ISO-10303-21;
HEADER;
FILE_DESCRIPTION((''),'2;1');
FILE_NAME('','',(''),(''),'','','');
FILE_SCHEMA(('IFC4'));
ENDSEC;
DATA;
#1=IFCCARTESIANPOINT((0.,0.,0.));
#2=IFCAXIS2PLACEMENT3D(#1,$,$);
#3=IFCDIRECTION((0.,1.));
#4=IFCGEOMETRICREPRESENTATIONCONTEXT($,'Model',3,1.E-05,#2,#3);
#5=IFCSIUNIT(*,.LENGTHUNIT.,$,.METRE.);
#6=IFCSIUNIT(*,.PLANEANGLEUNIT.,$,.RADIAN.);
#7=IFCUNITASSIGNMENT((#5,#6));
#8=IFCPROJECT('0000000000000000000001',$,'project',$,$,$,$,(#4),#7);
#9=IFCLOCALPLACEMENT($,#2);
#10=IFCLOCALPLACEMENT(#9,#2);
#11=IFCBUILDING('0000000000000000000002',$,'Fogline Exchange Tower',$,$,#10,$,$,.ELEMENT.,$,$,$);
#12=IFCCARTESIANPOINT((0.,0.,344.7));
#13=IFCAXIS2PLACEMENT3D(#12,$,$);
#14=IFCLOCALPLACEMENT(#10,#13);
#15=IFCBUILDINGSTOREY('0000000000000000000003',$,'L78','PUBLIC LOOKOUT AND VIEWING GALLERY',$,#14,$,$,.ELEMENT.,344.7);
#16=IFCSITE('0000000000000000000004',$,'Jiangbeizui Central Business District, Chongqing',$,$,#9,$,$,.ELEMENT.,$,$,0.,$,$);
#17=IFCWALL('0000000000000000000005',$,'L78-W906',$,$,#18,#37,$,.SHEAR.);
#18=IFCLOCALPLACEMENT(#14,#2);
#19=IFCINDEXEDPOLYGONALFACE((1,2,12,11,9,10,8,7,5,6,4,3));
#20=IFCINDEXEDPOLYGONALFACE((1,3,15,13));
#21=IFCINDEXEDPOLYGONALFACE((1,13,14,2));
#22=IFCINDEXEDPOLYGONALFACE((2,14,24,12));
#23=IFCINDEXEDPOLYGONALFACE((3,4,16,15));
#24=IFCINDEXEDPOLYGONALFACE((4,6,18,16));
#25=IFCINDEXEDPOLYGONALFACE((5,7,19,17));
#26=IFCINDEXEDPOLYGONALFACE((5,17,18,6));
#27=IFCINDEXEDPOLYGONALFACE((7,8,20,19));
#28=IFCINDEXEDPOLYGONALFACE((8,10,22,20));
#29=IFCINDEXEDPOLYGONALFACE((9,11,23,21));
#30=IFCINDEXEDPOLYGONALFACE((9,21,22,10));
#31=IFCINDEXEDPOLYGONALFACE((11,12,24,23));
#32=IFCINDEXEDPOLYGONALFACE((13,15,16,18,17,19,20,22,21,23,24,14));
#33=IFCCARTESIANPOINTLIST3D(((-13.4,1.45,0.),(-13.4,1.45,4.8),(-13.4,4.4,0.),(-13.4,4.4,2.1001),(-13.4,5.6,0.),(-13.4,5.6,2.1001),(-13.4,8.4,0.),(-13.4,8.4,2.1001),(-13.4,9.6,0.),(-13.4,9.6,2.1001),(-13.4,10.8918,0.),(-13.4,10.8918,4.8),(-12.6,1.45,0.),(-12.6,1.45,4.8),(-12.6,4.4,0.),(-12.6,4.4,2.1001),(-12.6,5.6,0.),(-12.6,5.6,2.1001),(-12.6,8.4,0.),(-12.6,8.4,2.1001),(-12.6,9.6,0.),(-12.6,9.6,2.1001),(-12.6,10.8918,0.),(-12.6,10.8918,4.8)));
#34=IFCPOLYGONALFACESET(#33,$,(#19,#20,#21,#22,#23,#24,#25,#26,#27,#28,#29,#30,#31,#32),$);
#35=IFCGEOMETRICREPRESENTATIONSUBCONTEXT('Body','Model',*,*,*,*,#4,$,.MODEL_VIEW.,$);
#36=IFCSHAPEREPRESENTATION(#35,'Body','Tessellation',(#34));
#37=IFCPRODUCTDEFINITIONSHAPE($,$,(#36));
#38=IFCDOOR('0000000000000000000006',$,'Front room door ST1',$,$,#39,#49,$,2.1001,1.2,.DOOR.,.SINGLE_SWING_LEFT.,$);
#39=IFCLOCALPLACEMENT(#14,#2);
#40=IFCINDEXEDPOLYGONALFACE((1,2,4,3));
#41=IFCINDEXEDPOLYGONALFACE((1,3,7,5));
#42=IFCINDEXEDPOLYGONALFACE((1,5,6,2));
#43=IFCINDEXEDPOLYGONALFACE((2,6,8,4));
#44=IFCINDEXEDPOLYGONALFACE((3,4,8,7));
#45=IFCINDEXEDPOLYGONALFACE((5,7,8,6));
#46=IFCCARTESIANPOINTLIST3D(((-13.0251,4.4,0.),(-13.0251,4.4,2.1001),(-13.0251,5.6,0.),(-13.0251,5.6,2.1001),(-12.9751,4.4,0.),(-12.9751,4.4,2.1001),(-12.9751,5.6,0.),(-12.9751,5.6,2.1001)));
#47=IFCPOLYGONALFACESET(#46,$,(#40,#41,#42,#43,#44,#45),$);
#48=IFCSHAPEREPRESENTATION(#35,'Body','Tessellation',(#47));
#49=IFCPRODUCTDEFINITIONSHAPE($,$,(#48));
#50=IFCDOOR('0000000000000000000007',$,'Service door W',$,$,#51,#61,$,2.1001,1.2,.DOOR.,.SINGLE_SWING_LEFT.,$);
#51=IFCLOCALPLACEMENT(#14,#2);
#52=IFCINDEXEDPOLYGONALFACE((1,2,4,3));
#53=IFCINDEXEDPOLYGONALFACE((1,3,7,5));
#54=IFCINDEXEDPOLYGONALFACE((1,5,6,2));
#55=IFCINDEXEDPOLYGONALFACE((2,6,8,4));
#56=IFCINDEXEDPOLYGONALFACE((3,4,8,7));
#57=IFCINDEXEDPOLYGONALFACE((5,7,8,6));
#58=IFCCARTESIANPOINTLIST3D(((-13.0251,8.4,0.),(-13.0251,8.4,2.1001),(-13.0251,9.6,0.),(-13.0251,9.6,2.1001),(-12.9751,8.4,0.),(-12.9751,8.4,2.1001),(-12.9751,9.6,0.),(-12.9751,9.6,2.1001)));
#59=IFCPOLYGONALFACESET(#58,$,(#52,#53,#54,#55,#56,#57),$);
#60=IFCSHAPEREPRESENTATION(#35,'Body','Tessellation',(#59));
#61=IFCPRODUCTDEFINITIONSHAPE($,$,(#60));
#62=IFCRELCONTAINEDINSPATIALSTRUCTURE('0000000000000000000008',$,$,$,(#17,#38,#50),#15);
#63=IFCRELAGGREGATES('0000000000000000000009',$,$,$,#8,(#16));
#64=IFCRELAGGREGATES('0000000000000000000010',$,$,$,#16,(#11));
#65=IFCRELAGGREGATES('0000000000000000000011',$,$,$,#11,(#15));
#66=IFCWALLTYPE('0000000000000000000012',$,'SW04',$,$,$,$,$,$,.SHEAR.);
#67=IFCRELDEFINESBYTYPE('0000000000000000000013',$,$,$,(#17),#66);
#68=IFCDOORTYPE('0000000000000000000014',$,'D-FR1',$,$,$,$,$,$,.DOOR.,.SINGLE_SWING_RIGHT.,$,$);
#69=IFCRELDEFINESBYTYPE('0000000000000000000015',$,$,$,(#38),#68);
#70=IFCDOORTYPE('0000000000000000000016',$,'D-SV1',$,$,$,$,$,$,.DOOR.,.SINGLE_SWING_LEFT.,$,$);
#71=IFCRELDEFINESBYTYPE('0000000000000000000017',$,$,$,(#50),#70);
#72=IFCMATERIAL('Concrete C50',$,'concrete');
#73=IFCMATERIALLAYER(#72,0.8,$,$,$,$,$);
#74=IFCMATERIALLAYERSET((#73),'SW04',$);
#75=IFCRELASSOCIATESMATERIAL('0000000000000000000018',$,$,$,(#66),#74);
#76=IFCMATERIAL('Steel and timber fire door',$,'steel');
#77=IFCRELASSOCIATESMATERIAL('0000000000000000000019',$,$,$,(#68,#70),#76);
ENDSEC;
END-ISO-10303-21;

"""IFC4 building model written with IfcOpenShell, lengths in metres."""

from ifc_helpers import new_model, si_unit, direction, frame, frame_2d, origin, place, context, subcontext, project, spatial, rectangle, extrude, material, layer, layer_set, type_object, element, fill, save


model = new_model("IFC4")

# Units and contexts
model_context = context("Model", 3, precision=1e-05, world=origin(), true_north=direction((0.0, 1.0)))
body_context = subcontext(model_context, "Body", "Model", "MODEL_VIEW")
ifc_project = project(units=[si_unit("LENGTHUNIT", "METRE"), si_unit("PLANEANGLEUNIT", "RADIAN")], contexts=[model_context])

# Site, building, storey
site_placement = place(None, origin())
site = spatial("IfcSite", under=ifc_project, at=site_placement, Name="Jiangbeizui Central Business District, Chongqing", CompositionType="ELEMENT", RefElevation=0.0)
building_placement = place(site_placement, origin())
building = spatial("IfcBuilding", under=site, at=building_placement, Name="Fogline Exchange Tower", CompositionType="ELEMENT")
storey_placement = place(building_placement, frame((0.0, 0.0, 344.7)))
storey = spatial("IfcBuildingStorey", under=building, at=storey_placement, Name="L78", Description="PUBLIC LOOKOUT AND VIEWING GALLERY", CompositionType="ELEMENT", Elevation=344.7)

# Shared definitions
ifc_material_1 = material(Name="Steel and timber fire door", Category="steel")

# Wall, openings, doors
ifc_material_2 = material(Name="Concrete C50", Category="concrete")
ifc_layer_1 = layer(ifc_material_2, 0.8)
ifc_layer_set_1 = layer_set([ifc_layer_1], Name="SW04")
wall_type_1 = type_object("IfcWallType", Name="SW04", PredefinedType="SHEAR", material=ifc_layer_set_1)
wall_1_placement = place(storey_placement, frame((-13.0, 10.8918, 0.0), z_axis=(0.0, 0.0, 1.0), x_axis=(0.0, -1.0, 0.0)))
wall_1 = element("IfcWall", 1, at=wall_1_placement, inside=storey, type_object=wall_type_1, Name="L78-W906", PredefinedType="SHEAR", context=body_context, shape_type="SweptSolid", body=[
    extrude(rectangle(XDim=9.4419, YDim=0.8, at=frame_2d((4.7209, 0.0))), origin(), (0.0, 0.0, 1.0), 4.8),
])
opening_1_placement = place(wall_1_placement, frame((5.2917, 0.0, 0.0)))
opening_1 = element("IfcOpeningElement", 2, at=opening_1_placement, cuts=wall_1, PredefinedType="OPENING", context=body_context, shape_type="SweptSolid", body=[
    extrude(rectangle(XDim=1.2, YDim=2.1001, at=frame_2d((0.6001, 1.05))), frame((0.0, 0.4102, 0.0), z_axis=(0.0, -1.0, 0.0), x_axis=(1.0, 0.0, 0.0)), (0.0, 0.0, 1.0), 0.8201),
])
opening_2_placement = place(wall_1_placement, frame((1.2917, 0.0, 0.0)))
opening_2 = element("IfcOpeningElement", 3, at=opening_2_placement, cuts=wall_1, PredefinedType="OPENING", context=body_context, shape_type="SweptSolid", body=[
    extrude(rectangle(XDim=1.2, YDim=2.1001, at=frame_2d((0.6001, 1.05))), frame((0.0, 0.4102, 0.0), z_axis=(0.0, -1.0, 0.0), x_axis=(1.0, 0.0, 0.0)), (0.0, 0.0, 1.0), 0.8201),
])
door_type_1 = type_object("IfcDoorType", Name="D-FR1", OperationType="SINGLE_SWING_RIGHT", PredefinedType="DOOR", material=ifc_material_1)
door_1_placement = place(opening_1_placement, origin())
door_1 = element("IfcDoor", 4, at=door_1_placement, inside=storey, type_object=door_type_1, Name="Front room door ST1", OperationType="SINGLE_SWING_LEFT", OverallHeight=2.1001, OverallWidth=1.2, PredefinedType="DOOR", context=body_context, shape_type="SweptSolid", body=[
    extrude(rectangle(XDim=1.2, YDim=2.1001, at=frame_2d((0.6001, 1.05))), frame((0.0, 0.0249, 0.0), z_axis=(0.0, -1.0, 0.0), x_axis=(1.0, 0.0, 0.0)), (0.0, 0.0, 1.0), 0.05),
])
fill(opening_1, door_1)
door_type_2 = type_object("IfcDoorType", Name="D-SV1", OperationType="SINGLE_SWING_LEFT", PredefinedType="DOOR", material=ifc_material_1)
door_2_placement = place(opening_2_placement, origin())
door_2 = element("IfcDoor", 5, at=door_2_placement, inside=storey, type_object=door_type_2, Name="Service door W", OperationType="SINGLE_SWING_LEFT", OverallHeight=2.1001, OverallWidth=1.2, PredefinedType="DOOR", context=body_context, shape_type="SweptSolid", body=[
    extrude(rectangle(XDim=1.2, YDim=2.1001, at=frame_2d((0.6001, 1.05))), frame((0.0, 0.0249, 0.0), z_axis=(0.0, -1.0, 0.0), x_axis=(1.0, 0.0, 0.0)), (0.0, 0.0, 1.0), 0.05),
])
fill(opening_2, door_2)

save(model, "model.ifc")
